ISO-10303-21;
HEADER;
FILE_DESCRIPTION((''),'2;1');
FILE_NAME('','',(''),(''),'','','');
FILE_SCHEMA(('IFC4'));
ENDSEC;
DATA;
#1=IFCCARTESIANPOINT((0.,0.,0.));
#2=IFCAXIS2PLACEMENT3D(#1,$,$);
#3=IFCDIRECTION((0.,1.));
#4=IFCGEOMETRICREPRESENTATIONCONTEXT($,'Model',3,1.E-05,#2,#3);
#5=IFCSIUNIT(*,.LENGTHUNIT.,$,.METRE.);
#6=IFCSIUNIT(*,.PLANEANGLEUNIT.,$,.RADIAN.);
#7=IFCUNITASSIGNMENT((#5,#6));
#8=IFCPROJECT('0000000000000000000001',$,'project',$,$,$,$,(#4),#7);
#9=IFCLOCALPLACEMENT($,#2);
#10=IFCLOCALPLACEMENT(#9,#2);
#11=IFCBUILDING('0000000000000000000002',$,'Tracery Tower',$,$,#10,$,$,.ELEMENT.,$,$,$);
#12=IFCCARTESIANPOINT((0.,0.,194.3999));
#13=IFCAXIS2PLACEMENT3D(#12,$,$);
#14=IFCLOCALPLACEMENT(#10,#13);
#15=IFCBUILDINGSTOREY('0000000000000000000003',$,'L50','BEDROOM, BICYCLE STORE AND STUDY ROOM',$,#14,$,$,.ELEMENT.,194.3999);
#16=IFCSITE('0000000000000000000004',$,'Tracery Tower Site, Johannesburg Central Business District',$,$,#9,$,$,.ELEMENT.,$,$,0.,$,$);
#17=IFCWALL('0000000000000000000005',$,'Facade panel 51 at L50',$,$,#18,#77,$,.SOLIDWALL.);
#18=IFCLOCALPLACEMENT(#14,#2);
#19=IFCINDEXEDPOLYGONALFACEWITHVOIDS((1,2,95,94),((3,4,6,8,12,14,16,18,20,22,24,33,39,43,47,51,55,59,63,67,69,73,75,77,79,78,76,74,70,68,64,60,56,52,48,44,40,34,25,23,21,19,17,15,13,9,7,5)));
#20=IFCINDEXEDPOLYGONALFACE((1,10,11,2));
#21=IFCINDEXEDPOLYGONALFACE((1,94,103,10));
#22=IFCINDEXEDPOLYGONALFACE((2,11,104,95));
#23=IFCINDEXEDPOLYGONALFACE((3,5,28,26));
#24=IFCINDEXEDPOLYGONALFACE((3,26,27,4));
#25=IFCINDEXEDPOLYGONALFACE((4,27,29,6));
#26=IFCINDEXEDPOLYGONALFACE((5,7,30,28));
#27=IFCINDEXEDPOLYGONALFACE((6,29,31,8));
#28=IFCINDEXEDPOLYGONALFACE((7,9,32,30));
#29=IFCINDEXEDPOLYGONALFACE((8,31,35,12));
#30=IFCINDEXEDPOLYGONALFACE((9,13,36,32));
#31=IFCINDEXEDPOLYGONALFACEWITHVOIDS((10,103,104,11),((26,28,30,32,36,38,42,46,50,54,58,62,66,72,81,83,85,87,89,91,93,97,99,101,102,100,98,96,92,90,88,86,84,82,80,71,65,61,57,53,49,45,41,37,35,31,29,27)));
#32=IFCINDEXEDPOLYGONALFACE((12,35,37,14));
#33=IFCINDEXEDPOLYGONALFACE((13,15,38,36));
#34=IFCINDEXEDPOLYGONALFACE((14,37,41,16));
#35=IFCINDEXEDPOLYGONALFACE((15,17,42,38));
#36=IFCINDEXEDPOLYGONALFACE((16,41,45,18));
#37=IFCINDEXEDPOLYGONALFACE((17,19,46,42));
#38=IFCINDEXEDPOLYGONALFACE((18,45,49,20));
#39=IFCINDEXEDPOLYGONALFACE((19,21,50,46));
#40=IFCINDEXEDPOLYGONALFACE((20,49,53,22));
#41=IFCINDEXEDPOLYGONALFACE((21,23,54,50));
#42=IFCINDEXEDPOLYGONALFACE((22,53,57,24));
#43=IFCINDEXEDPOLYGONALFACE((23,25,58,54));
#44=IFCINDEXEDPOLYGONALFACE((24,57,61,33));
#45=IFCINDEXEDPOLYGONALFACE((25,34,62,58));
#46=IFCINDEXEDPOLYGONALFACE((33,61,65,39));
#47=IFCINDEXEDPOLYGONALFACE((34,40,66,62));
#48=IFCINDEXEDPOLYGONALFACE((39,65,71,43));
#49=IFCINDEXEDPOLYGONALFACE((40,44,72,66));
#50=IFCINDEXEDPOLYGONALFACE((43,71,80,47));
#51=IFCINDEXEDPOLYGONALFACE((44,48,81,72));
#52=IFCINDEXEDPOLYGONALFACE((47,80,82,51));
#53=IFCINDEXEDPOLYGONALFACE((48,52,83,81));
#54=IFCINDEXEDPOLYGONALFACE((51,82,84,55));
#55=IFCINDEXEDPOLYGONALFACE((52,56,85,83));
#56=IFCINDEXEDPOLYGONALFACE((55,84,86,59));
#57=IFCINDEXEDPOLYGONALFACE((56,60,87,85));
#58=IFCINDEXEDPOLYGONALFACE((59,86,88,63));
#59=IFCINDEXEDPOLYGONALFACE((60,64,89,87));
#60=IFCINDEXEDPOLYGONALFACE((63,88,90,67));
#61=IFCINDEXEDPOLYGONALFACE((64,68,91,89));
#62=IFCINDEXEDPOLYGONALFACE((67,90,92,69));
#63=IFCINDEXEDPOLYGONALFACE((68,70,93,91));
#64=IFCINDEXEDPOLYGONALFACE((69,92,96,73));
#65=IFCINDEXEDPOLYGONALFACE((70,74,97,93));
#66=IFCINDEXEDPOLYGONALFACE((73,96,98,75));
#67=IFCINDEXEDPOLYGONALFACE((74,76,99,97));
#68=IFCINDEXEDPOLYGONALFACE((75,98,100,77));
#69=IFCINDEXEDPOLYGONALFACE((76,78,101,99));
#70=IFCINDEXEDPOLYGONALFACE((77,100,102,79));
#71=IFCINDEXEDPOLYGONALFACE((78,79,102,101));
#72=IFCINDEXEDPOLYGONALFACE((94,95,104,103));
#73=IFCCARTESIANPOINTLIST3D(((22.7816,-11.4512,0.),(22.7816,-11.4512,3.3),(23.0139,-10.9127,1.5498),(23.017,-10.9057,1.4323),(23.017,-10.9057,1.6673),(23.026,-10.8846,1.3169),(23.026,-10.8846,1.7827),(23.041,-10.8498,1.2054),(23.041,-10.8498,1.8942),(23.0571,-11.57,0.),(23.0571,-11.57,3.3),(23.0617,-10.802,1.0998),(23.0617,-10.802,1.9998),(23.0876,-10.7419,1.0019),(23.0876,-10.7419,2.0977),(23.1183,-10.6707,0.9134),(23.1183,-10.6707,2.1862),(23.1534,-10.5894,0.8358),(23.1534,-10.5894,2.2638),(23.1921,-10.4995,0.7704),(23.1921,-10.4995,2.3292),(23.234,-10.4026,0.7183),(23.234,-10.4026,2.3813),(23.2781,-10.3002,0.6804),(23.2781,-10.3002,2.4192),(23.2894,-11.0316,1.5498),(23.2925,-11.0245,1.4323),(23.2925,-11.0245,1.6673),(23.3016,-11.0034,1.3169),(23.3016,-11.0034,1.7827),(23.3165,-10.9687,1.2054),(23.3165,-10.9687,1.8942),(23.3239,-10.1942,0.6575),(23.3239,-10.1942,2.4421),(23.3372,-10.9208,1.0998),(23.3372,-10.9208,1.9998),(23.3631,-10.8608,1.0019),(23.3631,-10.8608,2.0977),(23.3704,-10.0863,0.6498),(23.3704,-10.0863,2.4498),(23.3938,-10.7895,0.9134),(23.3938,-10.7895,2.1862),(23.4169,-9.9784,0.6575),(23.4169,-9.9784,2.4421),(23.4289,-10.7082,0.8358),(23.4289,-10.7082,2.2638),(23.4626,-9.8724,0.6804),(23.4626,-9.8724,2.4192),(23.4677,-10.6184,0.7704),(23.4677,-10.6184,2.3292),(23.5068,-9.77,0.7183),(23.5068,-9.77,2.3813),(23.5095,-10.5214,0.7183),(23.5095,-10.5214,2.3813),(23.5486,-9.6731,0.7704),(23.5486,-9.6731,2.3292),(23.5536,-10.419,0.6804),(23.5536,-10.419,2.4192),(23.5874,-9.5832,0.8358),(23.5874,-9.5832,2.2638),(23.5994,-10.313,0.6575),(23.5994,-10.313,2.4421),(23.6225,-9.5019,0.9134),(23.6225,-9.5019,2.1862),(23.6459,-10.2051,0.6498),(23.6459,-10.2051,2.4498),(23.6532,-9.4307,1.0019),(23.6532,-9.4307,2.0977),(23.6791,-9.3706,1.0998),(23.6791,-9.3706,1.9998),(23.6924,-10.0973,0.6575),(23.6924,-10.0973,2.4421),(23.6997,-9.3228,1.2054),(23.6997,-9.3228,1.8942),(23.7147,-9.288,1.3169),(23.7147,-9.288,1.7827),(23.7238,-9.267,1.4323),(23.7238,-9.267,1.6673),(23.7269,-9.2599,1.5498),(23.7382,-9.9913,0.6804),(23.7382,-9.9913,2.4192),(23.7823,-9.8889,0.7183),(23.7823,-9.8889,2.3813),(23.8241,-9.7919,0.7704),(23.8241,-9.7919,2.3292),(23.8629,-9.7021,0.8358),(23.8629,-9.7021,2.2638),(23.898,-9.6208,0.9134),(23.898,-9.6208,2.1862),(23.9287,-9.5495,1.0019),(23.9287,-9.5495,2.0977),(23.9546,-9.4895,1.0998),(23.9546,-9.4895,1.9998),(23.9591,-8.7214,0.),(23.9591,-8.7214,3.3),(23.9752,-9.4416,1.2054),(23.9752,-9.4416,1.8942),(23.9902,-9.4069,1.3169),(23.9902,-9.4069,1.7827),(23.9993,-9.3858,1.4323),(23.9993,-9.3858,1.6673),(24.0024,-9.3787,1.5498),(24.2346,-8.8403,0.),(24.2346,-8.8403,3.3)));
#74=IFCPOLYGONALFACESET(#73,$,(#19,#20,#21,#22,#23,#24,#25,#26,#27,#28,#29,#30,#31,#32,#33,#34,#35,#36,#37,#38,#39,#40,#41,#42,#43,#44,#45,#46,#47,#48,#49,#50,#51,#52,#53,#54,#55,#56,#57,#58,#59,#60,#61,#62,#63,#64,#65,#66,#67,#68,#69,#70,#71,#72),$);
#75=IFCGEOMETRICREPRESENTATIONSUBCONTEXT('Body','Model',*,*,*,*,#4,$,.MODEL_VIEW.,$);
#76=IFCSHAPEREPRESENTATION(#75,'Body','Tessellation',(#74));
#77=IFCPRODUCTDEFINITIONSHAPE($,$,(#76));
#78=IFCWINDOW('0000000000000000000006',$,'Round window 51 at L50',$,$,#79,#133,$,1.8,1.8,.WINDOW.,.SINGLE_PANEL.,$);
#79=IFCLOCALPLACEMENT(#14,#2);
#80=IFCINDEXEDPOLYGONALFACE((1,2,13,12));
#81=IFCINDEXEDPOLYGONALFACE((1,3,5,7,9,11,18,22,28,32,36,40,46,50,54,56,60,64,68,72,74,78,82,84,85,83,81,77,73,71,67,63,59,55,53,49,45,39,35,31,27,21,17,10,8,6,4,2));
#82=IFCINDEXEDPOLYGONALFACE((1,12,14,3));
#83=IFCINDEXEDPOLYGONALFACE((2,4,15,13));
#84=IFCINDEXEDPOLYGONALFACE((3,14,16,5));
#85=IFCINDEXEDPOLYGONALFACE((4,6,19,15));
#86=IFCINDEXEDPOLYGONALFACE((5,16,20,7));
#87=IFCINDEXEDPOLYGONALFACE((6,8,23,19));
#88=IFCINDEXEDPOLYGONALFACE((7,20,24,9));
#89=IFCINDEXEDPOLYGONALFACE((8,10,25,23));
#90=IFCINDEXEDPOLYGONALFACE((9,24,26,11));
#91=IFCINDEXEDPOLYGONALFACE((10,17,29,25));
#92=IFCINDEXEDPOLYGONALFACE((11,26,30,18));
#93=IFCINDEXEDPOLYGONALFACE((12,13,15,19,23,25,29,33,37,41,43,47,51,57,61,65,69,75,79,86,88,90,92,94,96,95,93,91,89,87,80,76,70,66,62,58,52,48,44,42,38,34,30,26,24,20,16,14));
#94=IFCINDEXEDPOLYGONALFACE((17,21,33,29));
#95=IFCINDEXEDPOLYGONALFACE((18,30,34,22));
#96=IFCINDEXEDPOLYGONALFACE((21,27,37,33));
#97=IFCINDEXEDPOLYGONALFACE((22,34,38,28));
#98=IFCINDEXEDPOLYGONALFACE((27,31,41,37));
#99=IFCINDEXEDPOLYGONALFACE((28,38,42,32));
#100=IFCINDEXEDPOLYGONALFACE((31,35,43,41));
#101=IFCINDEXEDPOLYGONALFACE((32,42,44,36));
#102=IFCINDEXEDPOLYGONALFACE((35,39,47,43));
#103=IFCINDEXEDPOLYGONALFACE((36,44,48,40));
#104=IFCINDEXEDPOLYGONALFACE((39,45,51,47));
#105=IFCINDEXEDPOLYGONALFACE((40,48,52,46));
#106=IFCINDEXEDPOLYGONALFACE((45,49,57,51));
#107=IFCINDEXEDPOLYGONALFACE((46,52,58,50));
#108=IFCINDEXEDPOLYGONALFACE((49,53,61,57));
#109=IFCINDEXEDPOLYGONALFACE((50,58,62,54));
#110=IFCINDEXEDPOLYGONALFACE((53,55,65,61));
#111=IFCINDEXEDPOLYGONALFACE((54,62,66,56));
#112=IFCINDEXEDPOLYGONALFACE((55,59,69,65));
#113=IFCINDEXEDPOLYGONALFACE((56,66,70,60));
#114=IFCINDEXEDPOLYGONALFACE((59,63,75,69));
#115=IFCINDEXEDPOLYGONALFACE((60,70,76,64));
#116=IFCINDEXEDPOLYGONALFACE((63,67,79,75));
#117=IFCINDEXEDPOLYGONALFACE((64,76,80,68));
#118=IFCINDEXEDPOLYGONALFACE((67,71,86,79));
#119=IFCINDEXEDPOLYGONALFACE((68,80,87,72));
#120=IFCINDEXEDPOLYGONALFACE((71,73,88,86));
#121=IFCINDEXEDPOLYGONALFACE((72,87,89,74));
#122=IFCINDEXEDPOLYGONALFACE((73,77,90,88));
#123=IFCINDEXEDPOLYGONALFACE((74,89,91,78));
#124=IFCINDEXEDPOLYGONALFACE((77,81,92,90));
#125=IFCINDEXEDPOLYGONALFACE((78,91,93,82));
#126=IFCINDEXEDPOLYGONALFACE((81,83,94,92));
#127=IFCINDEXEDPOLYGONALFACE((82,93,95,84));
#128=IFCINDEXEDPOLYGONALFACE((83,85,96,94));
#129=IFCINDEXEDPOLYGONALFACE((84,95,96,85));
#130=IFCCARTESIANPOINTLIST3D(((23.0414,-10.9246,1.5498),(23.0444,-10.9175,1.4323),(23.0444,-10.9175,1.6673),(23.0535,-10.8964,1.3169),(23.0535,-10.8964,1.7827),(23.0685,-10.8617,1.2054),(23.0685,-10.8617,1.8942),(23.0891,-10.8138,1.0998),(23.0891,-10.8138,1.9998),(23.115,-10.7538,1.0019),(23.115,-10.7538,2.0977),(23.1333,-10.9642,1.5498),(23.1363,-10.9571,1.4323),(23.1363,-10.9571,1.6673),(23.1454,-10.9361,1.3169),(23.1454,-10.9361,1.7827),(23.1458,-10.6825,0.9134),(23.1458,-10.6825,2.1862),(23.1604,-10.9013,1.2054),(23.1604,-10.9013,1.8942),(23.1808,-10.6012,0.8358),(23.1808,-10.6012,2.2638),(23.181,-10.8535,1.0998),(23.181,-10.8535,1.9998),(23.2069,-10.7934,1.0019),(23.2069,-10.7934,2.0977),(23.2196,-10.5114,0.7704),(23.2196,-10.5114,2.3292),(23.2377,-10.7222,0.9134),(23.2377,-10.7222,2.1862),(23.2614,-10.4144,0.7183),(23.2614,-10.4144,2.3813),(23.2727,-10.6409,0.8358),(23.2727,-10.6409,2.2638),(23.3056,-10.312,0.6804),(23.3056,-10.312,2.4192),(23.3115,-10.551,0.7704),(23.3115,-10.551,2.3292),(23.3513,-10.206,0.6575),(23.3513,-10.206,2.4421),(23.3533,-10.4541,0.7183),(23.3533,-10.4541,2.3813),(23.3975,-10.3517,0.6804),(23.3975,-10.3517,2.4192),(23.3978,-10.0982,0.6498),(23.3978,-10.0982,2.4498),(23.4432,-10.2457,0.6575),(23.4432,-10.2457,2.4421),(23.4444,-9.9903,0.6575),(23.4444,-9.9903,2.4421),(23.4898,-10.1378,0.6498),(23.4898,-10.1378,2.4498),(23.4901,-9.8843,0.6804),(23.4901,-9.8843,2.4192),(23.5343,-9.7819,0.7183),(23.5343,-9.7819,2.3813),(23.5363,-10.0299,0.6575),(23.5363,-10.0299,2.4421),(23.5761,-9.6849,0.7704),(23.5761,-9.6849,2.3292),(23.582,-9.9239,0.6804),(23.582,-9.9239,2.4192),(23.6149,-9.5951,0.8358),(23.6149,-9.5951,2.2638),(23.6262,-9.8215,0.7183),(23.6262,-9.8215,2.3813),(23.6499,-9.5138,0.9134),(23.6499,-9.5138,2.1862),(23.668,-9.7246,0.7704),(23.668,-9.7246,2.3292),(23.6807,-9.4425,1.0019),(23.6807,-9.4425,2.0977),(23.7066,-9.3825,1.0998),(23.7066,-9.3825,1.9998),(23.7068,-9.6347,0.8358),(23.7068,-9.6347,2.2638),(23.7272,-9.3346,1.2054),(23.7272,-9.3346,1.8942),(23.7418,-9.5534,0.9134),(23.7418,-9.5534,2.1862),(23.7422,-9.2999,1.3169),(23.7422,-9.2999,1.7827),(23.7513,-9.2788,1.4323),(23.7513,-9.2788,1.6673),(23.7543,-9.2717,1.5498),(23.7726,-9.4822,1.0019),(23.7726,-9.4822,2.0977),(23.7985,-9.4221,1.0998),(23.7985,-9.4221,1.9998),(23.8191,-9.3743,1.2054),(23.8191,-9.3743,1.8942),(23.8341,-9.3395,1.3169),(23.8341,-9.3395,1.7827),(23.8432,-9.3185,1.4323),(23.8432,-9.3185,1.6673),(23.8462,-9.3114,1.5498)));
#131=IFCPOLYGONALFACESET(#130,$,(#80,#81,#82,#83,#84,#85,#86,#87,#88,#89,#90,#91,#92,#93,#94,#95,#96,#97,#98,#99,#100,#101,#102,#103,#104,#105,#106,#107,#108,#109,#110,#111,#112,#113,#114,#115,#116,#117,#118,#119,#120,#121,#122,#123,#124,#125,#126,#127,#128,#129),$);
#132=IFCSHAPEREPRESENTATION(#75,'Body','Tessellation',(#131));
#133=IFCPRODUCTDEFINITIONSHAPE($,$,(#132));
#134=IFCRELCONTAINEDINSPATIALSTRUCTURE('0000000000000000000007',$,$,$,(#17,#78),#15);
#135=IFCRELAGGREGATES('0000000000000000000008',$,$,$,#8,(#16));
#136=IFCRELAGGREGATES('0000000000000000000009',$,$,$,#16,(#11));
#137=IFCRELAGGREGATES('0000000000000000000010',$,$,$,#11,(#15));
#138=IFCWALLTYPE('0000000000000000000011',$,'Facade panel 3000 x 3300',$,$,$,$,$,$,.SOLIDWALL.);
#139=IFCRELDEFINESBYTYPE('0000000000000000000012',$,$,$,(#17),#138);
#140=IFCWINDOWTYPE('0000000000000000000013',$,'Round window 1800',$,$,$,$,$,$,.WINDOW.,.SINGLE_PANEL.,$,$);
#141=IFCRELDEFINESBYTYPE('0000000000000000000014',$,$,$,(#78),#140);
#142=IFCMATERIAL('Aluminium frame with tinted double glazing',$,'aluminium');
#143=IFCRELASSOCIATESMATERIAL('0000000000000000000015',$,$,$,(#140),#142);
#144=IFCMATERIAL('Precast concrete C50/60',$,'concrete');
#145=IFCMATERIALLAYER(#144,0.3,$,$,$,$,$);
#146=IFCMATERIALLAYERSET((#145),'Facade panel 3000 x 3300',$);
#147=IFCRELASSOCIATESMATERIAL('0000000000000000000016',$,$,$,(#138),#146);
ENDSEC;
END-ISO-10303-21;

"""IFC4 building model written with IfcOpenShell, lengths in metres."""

from ifc_helpers import new_model, si_unit, direction, frame, frame_2d, origin, origin_2d, place, context, subcontext, project, spatial, rectangle, circle, extrude, material, layer, layer_set, type_object, element, fill, save


model = new_model("IFC4")

# Units and contexts
model_context = context("Model", 3, precision=1e-05, world=origin(), true_north=direction((0.0, 1.0)))
body_context = subcontext(model_context, "Body", "Model", "MODEL_VIEW")
ifc_project = project(units=[si_unit("LENGTHUNIT", "METRE"), si_unit("PLANEANGLEUNIT", "RADIAN")], contexts=[model_context])

# Site, building, storey
site_placement = place(None, origin())
site = spatial("IfcSite", under=ifc_project, at=site_placement, Name="Tracery Tower Site, Johannesburg Central Business District", CompositionType="ELEMENT", RefElevation=0.0)
building_placement = place(site_placement, origin())
building = spatial("IfcBuilding", under=site, at=building_placement, Name="Tracery Tower", CompositionType="ELEMENT")
storey_placement = place(building_placement, frame((0.0, 0.0, 194.3999)))
storey = spatial("IfcBuildingStorey", under=building, at=storey_placement, Name="L50", Description="BEDROOM, BICYCLE STORE AND STUDY ROOM", CompositionType="ELEMENT", Elevation=194.3999)

# Wall, opening, window
ifc_material_1 = material(Name="Aluminium frame with tinted double glazing", Category="aluminium")
window_type = type_object("IfcWindowType", Name="Round window 1800", PartitioningType="SINGLE_PANEL", PredefinedType="WINDOW", material=ifc_material_1)
ifc_material_2 = material(Name="Precast concrete C50/60", Category="concrete")
ifc_layer_1 = layer(ifc_material_2, 0.3)
ifc_layer_set_1 = layer_set([ifc_layer_1], Name="Facade panel 3000 x 3300")
wall_type_1 = type_object("IfcWallType", Name="Facade panel 3000 x 3300", PredefinedType="SOLIDWALL", material=ifc_layer_set_1)
wall_1_placement = place(storey_placement, frame((22.9194, -11.5105, 0.0), z_axis=(0.0, 0.0, 1.0), x_axis=(0.396079, 0.918216, 0.0)))
wall_1 = element("IfcWall", 1, at=wall_1_placement, inside=storey, type_object=wall_type_1, Name="Facade panel 51 at L50", PredefinedType="SOLIDWALL", context=body_context, shape_type="SweptSolid", body=[
    extrude(rectangle(XDim=2.9729, YDim=0.3, at=frame_2d((1.4863, 0.0))), origin(), (0.0, 0.0, 1.0), 3.3),
])
opening_1_placement = place(wall_1_placement, frame((1.4863, 0.0, 1.5498)))
opening_1 = element("IfcOpeningElement", 2, at=opening_1_placement, cuts=wall_1, PredefinedType="OPENING", context=body_context, shape_type="SweptSolid", body=[
    extrude(circle(Radius=0.9, at=origin_2d()), frame((0.0, 0.1599, 0.0), z_axis=(0.0, -1.0, 0.0), x_axis=(1.0, 0.0, 0.0)), (0.0, 0.0, 1.0), 0.3201),
])
window_1_placement = place(opening_1_placement, origin())
window_1 = element("IfcWindow", 3, at=window_1_placement, inside=storey, type_object=window_type, Name="Round window 51 at L50", OverallHeight=1.8, OverallWidth=1.8, PartitioningType="SINGLE_PANEL", PredefinedType="WINDOW", context=body_context, shape_type="SweptSolid", body=[
    extrude(circle(Radius=0.9, at=origin_2d()), frame((0.0, 0.1201, 0.0), z_axis=(0.0, -1.0, 0.0), x_axis=(1.0, 0.0, 0.0)), (0.0, 0.0, 1.0), 0.1001),
])
fill(opening_1, window_1)

save(model, "model.ifc")
